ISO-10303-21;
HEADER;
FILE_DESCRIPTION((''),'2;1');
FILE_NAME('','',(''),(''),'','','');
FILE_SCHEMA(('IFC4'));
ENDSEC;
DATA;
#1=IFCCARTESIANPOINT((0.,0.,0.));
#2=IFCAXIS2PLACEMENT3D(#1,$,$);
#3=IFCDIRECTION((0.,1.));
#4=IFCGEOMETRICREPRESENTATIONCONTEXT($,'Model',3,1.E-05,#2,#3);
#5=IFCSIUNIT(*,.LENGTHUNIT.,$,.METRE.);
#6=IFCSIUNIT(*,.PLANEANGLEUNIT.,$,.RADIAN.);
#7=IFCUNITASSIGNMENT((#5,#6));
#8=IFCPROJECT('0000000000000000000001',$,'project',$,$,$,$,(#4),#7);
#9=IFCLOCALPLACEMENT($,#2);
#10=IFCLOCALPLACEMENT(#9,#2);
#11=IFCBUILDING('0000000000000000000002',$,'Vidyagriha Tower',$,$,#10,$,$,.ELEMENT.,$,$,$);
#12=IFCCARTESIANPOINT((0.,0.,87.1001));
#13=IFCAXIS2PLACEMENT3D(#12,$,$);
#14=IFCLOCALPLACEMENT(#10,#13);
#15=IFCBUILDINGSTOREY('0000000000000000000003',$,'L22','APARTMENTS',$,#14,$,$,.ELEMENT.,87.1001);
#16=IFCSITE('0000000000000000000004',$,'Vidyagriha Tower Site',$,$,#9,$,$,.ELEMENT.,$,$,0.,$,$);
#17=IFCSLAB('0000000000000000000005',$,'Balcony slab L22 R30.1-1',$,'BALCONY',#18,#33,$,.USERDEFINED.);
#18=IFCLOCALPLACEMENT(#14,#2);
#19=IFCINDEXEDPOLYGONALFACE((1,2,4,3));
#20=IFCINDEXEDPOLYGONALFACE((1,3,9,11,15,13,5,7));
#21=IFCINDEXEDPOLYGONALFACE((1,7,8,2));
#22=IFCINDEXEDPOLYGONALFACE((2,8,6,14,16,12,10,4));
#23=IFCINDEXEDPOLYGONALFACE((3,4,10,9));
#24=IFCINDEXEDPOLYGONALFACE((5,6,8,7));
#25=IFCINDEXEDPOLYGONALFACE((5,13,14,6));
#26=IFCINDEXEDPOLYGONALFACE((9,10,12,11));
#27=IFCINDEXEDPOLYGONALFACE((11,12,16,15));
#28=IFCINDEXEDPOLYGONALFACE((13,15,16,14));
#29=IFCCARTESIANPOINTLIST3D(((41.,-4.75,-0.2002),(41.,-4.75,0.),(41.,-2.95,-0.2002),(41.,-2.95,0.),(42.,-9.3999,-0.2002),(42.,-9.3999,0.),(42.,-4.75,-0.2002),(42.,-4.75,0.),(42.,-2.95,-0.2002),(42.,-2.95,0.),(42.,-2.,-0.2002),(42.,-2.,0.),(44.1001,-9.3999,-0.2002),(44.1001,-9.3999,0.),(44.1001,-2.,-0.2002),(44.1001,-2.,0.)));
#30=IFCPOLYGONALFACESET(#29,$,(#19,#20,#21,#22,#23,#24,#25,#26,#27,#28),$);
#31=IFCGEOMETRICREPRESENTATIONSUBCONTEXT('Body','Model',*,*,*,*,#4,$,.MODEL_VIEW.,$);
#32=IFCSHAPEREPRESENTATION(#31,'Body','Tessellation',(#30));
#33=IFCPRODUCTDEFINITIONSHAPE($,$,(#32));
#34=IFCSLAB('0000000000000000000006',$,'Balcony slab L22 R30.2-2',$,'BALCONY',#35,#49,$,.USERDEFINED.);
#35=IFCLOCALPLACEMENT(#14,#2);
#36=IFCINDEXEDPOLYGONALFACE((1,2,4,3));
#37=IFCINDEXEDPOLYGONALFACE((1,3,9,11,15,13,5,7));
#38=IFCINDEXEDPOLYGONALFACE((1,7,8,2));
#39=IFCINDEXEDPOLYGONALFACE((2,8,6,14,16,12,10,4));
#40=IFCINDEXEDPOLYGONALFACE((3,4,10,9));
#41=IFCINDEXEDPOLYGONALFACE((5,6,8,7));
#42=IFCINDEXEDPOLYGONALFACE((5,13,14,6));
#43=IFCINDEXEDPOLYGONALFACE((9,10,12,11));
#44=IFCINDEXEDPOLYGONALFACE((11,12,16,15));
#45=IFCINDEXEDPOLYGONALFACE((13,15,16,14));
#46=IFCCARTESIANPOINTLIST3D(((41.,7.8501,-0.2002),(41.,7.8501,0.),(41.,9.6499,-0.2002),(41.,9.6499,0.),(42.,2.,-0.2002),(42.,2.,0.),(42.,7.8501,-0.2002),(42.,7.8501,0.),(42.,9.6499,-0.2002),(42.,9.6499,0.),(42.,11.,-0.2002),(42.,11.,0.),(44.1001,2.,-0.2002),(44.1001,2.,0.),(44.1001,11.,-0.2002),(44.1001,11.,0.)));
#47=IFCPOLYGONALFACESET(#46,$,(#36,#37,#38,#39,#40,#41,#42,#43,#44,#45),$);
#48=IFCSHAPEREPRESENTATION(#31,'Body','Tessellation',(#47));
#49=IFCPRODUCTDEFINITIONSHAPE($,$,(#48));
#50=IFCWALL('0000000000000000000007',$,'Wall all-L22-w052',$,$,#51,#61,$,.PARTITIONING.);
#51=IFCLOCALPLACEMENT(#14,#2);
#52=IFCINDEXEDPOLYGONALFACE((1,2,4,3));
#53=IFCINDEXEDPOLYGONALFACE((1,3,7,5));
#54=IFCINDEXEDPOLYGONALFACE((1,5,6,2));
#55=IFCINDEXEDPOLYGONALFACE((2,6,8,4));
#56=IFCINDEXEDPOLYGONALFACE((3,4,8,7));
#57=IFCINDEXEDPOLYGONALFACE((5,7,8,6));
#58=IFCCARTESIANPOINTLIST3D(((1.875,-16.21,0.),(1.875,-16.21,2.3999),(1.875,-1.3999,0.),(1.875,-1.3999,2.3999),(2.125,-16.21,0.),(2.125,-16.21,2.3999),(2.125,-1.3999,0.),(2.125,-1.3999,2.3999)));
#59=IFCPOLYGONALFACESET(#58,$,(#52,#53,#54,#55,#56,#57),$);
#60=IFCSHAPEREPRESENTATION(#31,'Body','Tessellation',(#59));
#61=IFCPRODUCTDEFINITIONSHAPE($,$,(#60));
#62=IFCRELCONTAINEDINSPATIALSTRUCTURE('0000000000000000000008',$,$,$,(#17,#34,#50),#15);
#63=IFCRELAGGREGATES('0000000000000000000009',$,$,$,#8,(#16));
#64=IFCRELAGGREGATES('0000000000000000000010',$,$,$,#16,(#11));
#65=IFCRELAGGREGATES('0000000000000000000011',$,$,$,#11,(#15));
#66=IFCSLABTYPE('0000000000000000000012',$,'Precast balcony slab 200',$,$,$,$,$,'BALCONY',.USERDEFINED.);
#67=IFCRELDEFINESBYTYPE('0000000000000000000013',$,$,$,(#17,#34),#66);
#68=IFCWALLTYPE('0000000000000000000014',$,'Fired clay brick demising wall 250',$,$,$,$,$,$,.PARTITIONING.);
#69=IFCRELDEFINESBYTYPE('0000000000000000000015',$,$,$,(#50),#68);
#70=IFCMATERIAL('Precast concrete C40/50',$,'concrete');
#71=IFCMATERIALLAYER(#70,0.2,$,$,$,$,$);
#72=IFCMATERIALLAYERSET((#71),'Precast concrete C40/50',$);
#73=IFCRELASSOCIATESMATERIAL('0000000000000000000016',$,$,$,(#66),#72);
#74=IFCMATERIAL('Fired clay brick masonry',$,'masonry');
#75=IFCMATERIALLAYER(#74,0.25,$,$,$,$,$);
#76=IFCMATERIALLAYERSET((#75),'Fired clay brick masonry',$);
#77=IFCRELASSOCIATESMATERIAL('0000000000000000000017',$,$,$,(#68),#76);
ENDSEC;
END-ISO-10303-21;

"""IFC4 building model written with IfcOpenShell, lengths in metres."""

from ifc_helpers import new_model, si_unit, direction, frame, frame_2d, origin, place, context, subcontext, project, spatial, polyline, rectangle, outline, extrude, material, layer, layer_set, type_object, element, save


model = new_model("IFC4")

# Units and contexts
model_context = context("Model", 3, precision=1e-05, world=origin(), true_north=direction((0.0, 1.0)))
body_context = subcontext(model_context, "Body", "Model", "MODEL_VIEW")
ifc_project = project(units=[si_unit("LENGTHUNIT", "METRE"), si_unit("PLANEANGLEUNIT", "RADIAN")], contexts=[model_context])

# Site, building, storey
site_placement = place(None, origin())
site = spatial("IfcSite", under=ifc_project, at=site_placement, Name="Vidyagriha Tower Site", CompositionType="ELEMENT", RefElevation=0.0)
building_placement = place(site_placement, origin())
building = spatial("IfcBuilding", under=site, at=building_placement, Name="Vidyagriha Tower", CompositionType="ELEMENT")
storey_placement = place(building_placement, frame((0.0, 0.0, 87.1001)))
storey = spatial("IfcBuildingStorey", under=building, at=storey_placement, Name="L22", Description="APARTMENTS", CompositionType="ELEMENT", Elevation=87.1001)

# Slabs
ifc_material_1 = material(Name="Precast concrete C40/50", Category="concrete")
ifc_layer_1 = layer(ifc_material_1, 0.2)
ifc_layer_set_1 = layer_set([ifc_layer_1], Name="Precast concrete C40/50")
slab_type_1 = type_object("IfcSlabType", Name="Precast balcony slab 200", ElementType="BALCONY", PredefinedType="USERDEFINED", material=ifc_layer_set_1)
slab_1_placement = place(storey_placement, frame((0.0, 0.0, -0.2002)))
element("IfcSlab", 1, at=slab_1_placement, inside=storey, type_object=slab_type_1, Name="Balcony slab L22 R30.1-1", ObjectType="BALCONY", PredefinedType="USERDEFINED", context=body_context, shape_type="SweptSolid", body=[
    extrude(outline(polyline([(42.0, -4.75), (42.0, -9.3999), (44.1001, -9.3999), (44.1001, -2.0), (42.0, -2.0), (42.0, -2.95), (41.0, -2.95), (41.0, -4.75), (42.0, -4.75)])), origin(), (0.0, 0.0, 1.0), 0.2002),
])
slab_2_placement = place(storey_placement, frame((0.0, 0.0, -0.2002)))
element("IfcSlab", 2, at=slab_2_placement, inside=storey, type_object=slab_type_1, Name="Balcony slab L22 R30.2-2", ObjectType="BALCONY", PredefinedType="USERDEFINED", context=body_context, shape_type="SweptSolid", body=[
    extrude(outline(polyline([(42.0, 7.8501), (42.0, 2.0), (44.1001, 2.0), (44.1001, 11.0), (42.0, 11.0), (42.0, 9.6499), (41.0, 9.6499), (41.0, 7.8501), (42.0, 7.8501)])), origin(), (0.0, 0.0, 1.0), 0.2002),
])

# Wall
ifc_material_2 = material(Name="Fired clay brick masonry", Category="masonry")
ifc_layer_2 = layer(ifc_material_2, 0.25)
ifc_layer_set_2 = layer_set([ifc_layer_2], Name="Fired clay brick masonry")
wall_type = type_object("IfcWallType", Name="Fired clay brick demising wall 250", PredefinedType="PARTITIONING", material=ifc_layer_set_2)
wall_placement = place(storey_placement, frame((2.0, -1.3999, 0.0), z_axis=(0.0, 0.0, 1.0), x_axis=(0.0, -1.0, 0.0)))
element("IfcWall", 3, at=wall_placement, inside=storey, type_object=wall_type, Name="Wall all-L22-w052", PredefinedType="PARTITIONING", context=body_context, shape_type="SweptSolid", body=[
    extrude(rectangle(XDim=14.8101, YDim=0.25, at=frame_2d((7.405, 0.0))), origin(), (0.0, 0.0, 1.0), 2.3999),
])

save(model, "model.ifc")
